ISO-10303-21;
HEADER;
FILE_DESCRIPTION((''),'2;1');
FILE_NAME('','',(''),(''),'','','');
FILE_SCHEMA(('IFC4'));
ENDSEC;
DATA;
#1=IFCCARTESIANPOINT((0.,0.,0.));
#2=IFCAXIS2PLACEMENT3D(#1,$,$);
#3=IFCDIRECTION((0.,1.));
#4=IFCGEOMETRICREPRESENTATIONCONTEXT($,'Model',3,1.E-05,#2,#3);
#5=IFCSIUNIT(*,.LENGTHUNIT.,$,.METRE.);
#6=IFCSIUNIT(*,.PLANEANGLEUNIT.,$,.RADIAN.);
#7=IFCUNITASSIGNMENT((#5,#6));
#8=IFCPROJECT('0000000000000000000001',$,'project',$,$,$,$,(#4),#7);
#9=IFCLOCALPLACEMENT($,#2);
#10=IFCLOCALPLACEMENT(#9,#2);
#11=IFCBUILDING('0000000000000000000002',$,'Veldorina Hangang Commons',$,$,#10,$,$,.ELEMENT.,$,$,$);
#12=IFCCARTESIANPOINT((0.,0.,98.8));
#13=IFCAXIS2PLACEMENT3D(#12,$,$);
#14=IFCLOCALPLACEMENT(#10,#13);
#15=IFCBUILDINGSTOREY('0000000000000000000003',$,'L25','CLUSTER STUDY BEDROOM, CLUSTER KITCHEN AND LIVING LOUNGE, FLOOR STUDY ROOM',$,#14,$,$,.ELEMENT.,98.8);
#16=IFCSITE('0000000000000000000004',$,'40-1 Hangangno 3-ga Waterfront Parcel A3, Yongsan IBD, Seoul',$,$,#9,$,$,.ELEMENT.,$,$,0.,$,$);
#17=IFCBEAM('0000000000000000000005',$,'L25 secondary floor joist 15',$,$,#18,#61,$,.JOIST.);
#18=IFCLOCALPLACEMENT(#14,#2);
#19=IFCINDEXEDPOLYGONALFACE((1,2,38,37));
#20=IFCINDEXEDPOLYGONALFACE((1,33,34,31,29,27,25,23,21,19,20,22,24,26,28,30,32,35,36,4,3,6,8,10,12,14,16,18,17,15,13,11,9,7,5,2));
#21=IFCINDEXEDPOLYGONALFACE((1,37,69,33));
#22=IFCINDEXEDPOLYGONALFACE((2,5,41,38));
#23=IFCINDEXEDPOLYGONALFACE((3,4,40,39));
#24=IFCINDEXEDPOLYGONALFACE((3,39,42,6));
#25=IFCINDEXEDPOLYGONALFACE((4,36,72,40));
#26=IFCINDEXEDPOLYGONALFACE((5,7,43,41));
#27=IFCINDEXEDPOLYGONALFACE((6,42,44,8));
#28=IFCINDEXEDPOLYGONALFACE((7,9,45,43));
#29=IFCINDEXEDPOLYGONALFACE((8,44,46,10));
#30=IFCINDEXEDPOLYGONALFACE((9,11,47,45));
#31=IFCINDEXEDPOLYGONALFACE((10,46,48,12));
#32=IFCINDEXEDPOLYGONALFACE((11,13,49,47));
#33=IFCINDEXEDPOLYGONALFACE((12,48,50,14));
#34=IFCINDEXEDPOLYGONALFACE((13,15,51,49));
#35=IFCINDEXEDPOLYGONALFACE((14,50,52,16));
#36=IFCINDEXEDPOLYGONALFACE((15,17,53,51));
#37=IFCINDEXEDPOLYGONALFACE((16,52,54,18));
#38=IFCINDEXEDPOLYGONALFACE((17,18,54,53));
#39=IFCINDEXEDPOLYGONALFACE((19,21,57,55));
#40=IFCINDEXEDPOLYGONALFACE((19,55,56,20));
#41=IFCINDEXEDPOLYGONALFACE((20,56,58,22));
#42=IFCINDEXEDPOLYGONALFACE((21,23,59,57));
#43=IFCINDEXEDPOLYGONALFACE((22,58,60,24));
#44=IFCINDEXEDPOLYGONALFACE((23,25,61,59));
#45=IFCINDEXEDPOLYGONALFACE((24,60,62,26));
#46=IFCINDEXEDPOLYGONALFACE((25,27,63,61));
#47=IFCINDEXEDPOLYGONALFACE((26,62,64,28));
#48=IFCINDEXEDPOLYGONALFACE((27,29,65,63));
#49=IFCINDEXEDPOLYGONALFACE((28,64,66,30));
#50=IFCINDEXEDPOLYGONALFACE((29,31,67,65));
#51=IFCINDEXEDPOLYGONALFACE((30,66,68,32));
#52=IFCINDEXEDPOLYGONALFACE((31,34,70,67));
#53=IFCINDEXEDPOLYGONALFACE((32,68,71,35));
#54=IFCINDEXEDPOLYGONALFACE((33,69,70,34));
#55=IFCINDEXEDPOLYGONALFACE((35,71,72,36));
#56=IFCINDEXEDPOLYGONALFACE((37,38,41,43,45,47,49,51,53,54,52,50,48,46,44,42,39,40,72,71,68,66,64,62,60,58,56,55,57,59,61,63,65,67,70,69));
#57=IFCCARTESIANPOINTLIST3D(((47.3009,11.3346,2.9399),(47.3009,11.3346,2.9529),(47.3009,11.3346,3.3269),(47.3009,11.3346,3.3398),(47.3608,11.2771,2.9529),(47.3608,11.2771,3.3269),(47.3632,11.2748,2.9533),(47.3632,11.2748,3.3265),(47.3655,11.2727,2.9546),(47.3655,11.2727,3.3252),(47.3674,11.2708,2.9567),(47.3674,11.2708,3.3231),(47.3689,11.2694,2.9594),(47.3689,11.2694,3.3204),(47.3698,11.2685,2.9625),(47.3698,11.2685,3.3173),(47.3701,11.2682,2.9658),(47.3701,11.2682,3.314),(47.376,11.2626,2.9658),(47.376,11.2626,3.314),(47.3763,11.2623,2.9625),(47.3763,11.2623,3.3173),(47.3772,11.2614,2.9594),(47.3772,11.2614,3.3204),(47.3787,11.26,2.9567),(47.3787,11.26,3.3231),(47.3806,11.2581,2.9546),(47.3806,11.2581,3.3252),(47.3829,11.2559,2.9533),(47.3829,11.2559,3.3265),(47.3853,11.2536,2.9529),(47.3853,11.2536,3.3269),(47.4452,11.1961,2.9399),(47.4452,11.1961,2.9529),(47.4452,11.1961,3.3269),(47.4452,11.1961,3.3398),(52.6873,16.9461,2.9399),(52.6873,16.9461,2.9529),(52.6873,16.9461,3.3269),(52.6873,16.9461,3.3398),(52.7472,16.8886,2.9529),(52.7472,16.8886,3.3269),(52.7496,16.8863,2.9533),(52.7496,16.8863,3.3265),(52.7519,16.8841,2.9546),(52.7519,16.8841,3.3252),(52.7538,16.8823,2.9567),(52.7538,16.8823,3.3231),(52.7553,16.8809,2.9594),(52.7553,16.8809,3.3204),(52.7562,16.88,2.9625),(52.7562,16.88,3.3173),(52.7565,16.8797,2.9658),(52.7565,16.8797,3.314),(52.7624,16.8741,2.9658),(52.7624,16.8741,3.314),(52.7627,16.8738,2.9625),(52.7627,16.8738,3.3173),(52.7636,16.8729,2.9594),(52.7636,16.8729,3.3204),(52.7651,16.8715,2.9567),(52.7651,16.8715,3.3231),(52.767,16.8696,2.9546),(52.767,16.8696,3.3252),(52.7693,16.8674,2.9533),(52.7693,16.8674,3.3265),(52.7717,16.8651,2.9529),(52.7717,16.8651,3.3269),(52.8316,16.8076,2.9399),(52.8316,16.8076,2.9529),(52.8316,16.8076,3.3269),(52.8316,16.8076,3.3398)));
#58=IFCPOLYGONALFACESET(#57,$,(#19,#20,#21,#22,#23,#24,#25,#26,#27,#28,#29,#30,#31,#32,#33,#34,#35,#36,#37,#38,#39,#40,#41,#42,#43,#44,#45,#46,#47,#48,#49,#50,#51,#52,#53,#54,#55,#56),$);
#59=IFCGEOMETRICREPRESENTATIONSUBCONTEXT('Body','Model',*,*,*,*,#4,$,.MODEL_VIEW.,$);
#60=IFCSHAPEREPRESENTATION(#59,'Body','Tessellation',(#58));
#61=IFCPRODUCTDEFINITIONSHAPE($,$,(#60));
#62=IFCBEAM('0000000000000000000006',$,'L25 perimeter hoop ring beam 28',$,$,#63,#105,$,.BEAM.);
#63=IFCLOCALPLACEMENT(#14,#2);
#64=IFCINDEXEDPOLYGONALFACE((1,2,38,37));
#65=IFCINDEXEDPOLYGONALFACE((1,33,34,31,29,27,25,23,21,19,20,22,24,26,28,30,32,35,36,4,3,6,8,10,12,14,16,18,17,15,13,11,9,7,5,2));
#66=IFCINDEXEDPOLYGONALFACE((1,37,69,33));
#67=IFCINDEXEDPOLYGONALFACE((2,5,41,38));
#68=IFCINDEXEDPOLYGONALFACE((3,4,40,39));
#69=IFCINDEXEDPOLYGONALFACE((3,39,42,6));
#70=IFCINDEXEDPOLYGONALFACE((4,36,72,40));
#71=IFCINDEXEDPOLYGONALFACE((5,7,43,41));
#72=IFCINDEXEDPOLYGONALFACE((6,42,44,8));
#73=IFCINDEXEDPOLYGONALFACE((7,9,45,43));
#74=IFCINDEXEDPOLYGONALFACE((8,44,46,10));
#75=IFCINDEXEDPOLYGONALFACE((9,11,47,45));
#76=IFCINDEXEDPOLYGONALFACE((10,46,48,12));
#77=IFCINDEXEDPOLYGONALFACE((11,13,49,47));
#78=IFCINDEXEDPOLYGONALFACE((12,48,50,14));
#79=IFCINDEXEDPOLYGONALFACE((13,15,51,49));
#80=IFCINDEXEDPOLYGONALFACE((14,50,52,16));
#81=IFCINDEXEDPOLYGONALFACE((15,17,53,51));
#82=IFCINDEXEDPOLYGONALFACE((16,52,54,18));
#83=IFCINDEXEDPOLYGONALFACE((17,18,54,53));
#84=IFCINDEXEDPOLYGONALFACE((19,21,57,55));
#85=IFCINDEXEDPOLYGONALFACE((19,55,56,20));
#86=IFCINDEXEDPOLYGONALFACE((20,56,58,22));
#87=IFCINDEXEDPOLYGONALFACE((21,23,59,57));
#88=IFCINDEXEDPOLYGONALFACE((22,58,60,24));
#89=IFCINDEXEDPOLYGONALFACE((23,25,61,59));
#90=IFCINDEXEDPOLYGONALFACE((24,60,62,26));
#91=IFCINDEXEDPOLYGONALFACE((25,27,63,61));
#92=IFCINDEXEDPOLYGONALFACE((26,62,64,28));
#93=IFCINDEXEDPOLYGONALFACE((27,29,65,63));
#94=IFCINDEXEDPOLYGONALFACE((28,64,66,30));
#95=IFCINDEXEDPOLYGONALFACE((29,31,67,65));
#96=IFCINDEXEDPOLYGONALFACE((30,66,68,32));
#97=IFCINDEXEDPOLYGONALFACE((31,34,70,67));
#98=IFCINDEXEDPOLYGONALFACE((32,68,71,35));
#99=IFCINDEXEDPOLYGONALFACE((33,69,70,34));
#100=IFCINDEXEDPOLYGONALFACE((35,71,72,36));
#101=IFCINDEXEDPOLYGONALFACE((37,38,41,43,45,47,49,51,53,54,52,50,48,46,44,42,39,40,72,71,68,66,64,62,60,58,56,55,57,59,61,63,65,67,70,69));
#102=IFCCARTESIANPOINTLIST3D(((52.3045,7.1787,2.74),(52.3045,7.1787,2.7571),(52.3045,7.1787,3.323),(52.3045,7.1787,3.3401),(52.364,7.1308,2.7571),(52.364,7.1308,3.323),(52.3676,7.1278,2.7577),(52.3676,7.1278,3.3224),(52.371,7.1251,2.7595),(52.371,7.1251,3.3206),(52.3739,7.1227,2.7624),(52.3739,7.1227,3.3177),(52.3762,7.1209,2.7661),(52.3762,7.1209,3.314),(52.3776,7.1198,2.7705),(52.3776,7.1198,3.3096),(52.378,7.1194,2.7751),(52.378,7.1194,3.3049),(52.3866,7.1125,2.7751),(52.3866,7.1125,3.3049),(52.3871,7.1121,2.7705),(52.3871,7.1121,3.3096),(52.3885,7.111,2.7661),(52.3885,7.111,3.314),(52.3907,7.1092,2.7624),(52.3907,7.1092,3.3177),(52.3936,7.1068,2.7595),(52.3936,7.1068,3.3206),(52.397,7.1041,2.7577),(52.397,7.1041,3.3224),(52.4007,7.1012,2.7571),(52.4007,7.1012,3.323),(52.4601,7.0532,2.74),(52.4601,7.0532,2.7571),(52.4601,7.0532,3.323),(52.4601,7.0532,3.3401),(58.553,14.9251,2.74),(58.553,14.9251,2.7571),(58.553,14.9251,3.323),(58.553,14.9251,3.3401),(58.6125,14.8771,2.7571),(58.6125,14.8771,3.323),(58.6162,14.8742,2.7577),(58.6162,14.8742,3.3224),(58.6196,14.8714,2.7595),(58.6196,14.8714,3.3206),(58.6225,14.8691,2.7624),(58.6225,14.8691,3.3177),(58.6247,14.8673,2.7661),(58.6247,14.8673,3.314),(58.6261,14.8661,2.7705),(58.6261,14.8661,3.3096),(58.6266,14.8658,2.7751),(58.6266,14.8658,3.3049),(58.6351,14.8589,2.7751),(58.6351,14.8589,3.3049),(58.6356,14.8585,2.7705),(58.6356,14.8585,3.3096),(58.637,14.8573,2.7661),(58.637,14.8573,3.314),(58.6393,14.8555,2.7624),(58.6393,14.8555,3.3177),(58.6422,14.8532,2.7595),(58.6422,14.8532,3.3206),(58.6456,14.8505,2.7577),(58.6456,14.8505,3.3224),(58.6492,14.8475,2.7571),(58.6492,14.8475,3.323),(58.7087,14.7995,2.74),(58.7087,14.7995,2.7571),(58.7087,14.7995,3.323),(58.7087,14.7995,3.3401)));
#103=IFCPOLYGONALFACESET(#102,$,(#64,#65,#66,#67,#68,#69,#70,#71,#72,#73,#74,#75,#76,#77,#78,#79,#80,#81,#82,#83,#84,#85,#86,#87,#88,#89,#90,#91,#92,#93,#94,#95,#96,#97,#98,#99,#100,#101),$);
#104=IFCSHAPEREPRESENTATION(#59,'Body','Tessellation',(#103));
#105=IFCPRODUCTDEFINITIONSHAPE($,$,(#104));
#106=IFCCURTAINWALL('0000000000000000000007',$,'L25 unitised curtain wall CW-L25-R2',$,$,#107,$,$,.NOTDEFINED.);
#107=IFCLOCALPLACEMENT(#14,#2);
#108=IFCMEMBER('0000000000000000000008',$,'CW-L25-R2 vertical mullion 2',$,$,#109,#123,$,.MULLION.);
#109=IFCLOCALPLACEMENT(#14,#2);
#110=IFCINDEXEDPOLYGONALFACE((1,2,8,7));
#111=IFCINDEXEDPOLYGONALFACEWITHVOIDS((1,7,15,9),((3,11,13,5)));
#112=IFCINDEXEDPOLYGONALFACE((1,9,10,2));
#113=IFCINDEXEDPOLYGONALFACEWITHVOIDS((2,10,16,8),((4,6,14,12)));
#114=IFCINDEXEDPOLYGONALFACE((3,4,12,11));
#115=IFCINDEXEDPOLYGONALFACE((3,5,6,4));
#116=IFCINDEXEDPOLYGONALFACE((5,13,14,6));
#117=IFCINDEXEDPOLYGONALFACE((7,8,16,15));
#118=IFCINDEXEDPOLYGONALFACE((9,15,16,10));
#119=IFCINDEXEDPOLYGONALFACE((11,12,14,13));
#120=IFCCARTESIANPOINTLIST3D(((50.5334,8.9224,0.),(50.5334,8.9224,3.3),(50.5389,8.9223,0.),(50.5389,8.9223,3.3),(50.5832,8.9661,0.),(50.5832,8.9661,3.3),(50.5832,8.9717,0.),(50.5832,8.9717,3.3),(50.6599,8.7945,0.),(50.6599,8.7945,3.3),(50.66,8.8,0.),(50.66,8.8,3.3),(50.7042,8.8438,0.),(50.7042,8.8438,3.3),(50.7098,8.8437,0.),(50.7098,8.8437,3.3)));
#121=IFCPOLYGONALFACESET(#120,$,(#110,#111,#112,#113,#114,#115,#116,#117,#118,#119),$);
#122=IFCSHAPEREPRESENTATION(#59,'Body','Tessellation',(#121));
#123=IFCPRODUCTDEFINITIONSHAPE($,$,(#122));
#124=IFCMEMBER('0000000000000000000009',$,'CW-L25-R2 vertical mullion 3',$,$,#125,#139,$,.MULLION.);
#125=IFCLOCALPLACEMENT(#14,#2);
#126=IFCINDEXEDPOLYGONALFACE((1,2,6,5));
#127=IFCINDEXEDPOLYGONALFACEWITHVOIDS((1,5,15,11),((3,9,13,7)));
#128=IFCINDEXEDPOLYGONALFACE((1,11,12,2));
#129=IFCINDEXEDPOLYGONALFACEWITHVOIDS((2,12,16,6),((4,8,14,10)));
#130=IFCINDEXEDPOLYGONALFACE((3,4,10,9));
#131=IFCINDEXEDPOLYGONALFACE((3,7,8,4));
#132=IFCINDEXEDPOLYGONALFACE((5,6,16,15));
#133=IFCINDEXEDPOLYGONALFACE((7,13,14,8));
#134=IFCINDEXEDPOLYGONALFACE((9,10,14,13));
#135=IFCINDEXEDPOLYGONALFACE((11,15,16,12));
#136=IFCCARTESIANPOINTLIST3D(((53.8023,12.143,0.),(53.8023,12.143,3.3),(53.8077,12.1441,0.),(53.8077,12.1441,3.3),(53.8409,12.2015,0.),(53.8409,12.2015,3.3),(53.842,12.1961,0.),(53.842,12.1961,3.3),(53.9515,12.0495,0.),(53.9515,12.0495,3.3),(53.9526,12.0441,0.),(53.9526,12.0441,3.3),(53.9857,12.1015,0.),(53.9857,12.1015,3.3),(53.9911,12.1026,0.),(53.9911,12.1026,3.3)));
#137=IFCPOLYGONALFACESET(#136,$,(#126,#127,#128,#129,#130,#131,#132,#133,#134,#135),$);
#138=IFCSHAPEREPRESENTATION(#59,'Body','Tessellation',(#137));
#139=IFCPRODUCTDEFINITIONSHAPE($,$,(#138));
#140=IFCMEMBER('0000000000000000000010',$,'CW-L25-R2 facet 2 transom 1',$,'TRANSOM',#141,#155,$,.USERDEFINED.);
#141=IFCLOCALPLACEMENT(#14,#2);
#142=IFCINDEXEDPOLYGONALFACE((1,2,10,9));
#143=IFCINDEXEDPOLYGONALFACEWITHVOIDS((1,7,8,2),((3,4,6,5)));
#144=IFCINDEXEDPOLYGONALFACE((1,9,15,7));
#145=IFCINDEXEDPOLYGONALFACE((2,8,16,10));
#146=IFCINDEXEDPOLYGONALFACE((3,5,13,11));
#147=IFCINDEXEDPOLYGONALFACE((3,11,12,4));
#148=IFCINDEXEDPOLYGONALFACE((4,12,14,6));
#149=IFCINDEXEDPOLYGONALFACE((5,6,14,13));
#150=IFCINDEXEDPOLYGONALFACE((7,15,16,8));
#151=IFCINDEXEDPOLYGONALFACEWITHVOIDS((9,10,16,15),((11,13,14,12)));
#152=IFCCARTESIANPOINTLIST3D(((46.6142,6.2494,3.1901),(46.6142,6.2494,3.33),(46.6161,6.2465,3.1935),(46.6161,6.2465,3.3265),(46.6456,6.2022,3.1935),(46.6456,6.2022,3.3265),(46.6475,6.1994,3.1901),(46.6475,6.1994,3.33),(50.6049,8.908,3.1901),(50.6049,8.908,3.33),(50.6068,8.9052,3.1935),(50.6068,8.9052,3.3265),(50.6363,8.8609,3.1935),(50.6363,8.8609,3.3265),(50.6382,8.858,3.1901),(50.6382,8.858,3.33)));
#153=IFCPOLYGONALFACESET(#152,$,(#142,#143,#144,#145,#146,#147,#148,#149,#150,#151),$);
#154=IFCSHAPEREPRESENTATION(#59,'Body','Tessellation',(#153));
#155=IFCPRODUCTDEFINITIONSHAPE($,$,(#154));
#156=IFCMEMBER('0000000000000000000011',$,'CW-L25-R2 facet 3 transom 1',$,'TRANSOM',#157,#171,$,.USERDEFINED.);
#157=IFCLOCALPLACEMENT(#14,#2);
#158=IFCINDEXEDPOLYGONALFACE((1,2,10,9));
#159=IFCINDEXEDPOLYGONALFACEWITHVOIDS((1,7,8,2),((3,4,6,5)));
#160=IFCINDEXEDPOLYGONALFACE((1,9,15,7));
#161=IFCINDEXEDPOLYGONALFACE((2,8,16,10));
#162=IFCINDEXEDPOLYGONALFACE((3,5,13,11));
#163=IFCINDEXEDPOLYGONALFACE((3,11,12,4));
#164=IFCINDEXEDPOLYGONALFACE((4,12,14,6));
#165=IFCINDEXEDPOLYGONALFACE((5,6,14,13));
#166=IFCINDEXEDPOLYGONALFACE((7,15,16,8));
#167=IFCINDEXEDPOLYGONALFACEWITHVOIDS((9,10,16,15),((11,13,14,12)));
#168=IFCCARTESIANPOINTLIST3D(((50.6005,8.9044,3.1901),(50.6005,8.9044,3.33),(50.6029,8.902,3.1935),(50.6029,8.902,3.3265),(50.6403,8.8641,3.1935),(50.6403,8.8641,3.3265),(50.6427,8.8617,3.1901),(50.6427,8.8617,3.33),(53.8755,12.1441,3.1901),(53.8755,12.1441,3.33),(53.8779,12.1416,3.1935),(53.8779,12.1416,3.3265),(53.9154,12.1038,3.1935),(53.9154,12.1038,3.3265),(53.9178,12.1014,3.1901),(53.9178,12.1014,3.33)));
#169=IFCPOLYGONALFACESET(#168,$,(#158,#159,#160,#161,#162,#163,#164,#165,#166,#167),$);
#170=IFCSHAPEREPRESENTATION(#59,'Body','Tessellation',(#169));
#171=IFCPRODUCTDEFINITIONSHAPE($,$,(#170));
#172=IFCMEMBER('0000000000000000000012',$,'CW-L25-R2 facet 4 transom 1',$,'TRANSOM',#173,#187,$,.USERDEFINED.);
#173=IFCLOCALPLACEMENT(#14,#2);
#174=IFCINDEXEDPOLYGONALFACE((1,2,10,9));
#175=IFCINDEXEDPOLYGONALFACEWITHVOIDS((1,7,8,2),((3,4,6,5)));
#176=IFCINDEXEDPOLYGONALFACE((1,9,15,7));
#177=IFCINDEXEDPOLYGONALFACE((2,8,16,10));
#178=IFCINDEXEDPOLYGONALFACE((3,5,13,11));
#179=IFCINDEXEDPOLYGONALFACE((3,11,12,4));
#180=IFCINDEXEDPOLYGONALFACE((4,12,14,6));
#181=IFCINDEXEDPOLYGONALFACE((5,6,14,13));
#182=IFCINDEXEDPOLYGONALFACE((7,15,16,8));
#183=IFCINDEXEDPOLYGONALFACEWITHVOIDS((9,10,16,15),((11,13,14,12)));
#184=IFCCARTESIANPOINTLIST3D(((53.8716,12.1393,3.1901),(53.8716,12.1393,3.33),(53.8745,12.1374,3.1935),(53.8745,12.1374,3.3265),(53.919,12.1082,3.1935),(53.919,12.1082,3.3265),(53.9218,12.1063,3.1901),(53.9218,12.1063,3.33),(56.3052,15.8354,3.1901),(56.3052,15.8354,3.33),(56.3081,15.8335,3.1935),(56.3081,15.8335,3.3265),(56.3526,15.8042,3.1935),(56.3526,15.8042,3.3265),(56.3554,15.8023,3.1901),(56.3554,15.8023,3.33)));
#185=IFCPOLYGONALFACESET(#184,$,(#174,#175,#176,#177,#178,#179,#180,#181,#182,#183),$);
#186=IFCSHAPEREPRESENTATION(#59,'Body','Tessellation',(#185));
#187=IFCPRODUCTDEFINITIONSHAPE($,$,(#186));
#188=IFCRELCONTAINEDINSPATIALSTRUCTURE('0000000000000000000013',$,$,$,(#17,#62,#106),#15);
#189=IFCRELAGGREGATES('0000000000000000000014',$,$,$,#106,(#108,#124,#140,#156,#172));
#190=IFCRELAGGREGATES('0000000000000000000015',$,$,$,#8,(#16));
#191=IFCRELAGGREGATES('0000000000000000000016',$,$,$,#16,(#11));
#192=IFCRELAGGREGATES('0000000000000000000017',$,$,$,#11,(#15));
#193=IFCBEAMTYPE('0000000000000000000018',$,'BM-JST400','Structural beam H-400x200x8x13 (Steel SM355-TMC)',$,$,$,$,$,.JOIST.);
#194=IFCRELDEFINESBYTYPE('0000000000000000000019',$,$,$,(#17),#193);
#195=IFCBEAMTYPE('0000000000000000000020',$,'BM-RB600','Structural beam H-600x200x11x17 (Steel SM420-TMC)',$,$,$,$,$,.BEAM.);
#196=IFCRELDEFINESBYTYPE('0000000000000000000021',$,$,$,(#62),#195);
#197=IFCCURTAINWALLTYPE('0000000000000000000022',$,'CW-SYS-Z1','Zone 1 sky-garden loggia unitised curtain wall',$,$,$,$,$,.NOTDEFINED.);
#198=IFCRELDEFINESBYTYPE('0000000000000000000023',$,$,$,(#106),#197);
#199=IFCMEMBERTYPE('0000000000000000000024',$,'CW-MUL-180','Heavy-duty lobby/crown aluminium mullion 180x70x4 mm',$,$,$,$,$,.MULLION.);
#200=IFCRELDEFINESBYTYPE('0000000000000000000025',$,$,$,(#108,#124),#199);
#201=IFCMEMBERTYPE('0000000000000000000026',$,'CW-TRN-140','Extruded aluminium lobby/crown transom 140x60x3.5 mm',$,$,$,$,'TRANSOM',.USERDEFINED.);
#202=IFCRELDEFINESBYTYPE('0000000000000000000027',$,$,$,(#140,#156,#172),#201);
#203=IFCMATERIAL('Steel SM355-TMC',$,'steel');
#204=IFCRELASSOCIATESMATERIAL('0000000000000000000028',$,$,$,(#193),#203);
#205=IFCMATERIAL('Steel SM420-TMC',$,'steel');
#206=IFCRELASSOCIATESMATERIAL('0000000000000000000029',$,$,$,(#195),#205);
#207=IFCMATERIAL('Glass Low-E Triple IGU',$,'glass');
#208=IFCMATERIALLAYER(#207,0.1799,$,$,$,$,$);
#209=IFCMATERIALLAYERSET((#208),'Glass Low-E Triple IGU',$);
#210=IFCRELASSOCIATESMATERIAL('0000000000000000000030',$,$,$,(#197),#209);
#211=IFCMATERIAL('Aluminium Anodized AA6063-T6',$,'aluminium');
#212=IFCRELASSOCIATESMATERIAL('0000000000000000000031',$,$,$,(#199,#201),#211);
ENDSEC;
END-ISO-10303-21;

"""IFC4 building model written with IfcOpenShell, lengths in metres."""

from ifc_helpers import new_model, si_unit, direction, frame, origin, origin_2d, place, context, subcontext, project, spatial, hollow_rectangle, i_section, extrude, material, layer, layer_set, material_profile, profile_set, type_object, element, aggregate, save


model = new_model("IFC4")

# Units and contexts
model_context = context("Model", 3, precision=1e-05, world=origin(), true_north=direction((0.0, 1.0)))
body_context = subcontext(model_context, "Body", "Model", "MODEL_VIEW")
ifc_project = project(units=[si_unit("LENGTHUNIT", "METRE"), si_unit("PLANEANGLEUNIT", "RADIAN")], contexts=[model_context])

# Site, building, storey
site_placement = place(None, origin())
site = spatial("IfcSite", under=ifc_project, at=site_placement, Name="40-1 Hangangno 3-ga Waterfront Parcel A3, Yongsan IBD, Seoul", CompositionType="ELEMENT", RefElevation=0.0)
building_placement = place(site_placement, origin())
building = spatial("IfcBuilding", under=site, at=building_placement, Name="Veldorina Hangang Commons", CompositionType="ELEMENT")
storey_placement = place(building_placement, frame((0.0, 0.0, 98.8)))
storey = spatial("IfcBuildingStorey", under=building, at=storey_placement, Name="L25", Description="CLUSTER STUDY BEDROOM, CLUSTER KITCHEN AND LIVING LOUNGE, FLOOR STUDY ROOM", CompositionType="ELEMENT", Elevation=98.8)

# Beams
ifc_material_1 = material(Name="Steel SM355-TMC", Category="steel")
ifc_material_profile_1 = material_profile(ifc_material_1, i_section(OverallWidth=0.2, OverallDepth=0.3999, WebThickness=0.0081, FlangeThickness=0.0129, FilletRadius=0.0129, at=origin_2d()), Name="H-400x200x8x13")
ifc_profile_set_1 = profile_set([ifc_material_profile_1], Name="Steel SM355-TMC")
beam_type_1 = type_object("IfcBeamType", Name="BM-JST400", Description="Structural beam H-400x200x8x13 (Steel SM355-TMC)", PredefinedType="JOIST", material=ifc_profile_set_1)
beam_1_placement = place(storey_placement, frame((47.373, 11.2654, 3.1399), z_axis=(0.692489, 0.721428, 0.0), x_axis=(-0.721428, 0.692489, 0.0)))
element("IfcBeam", 1, at=beam_1_placement, inside=storey, type_object=beam_type_1, Name="L25 secondary floor joist 15", PredefinedType="JOIST", context=body_context, shape_type="SweptSolid", body=[
    extrude(i_section(OverallWidth=0.2, OverallDepth=0.3999, WebThickness=0.0081, FlangeThickness=0.0129, FilletRadius=0.0129, at=origin_2d()), origin(), (0.0, 0.0, 1.0), 7.7783),
])
ifc_material_2 = material(Name="Steel SM420-TMC", Category="steel")
ifc_material_profile_2 = material_profile(ifc_material_2, i_section(OverallWidth=0.2, OverallDepth=0.6001, WebThickness=0.011, FlangeThickness=0.0171, FilletRadius=0.0181, at=origin_2d()), Name="H-600x200x11x17")
ifc_profile_set_2 = profile_set([ifc_material_profile_2], Name="Steel SM420-TMC")
beam_type_2 = type_object("IfcBeamType", Name="BM-RB600", Description="Structural beam H-600x200x11x17 (Steel SM420-TMC)", PredefinedType="BEAM", material=ifc_profile_set_2)
beam_2_placement = place(storey_placement, frame((52.3823, 7.116, 3.04), z_axis=(0.627843, 0.77834, 0.0), x_axis=(-0.77834, 0.627843, 0.0)))
element("IfcBeam", 2, at=beam_2_placement, inside=storey, type_object=beam_type_2, Name="L25 perimeter hoop ring beam 28", PredefinedType="BEAM", context=body_context, shape_type="SweptSolid", body=[
    extrude(i_section(OverallWidth=0.2, OverallDepth=0.6001, WebThickness=0.011, FlangeThickness=0.0171, FilletRadius=0.0181, at=origin_2d()), origin(), (0.0, 0.0, 1.0), 9.9524),
])

# Curtain wall, members
ifc_material_3 = material(Name="Glass Low-E Triple IGU", Category="glass")
ifc_layer_1 = layer(ifc_material_3, 0.1799)
ifc_layer_set_1 = layer_set([ifc_layer_1], Name="Glass Low-E Triple IGU")
curtain_wall_type = type_object("IfcCurtainWallType", Name="CW-SYS-Z1", Description="Zone 1 sky-garden loggia unitised curtain wall", PredefinedType="NOTDEFINED", material=ifc_layer_set_1)
curtain_wall_placement = place(storey_placement, origin())
curtain_wall = element("IfcCurtainWall", 3, at=curtain_wall_placement, inside=storey, type_object=curtain_wall_type, Name="L25 unitised curtain wall CW-L25-R2", PredefinedType="NOTDEFINED")
ifc_material_4 = material(Name="Aluminium Anodized AA6063-T6", Category="aluminium")
ifc_material_profile_3 = material_profile(ifc_material_4, hollow_rectangle(XDim=0.0701, YDim=0.1799, WallThickness=0.0039, at=origin_2d()), Name="ALU-RHS-180x70x4")
ifc_profile_set_3 = profile_set([ifc_material_profile_3], Name="Aluminium Anodized AA6063-T6")
member_type_1 = type_object("IfcMemberType", Name="CW-MUL-180", Description="Heavy-duty lobby/crown aluminium mullion 180x70x4 mm", PredefinedType="MULLION", material=ifc_profile_set_3)
member_1_placement = place(storey_placement, frame((50.6216, 8.8831, 0.0), z_axis=(0.0, 0.0, 1.0), x_axis=(0.710947, 0.703246, 0.0)))
member_1 = element("IfcMember", 4, at=member_1_placement, type_object=member_type_1, Name="CW-L25-R2 vertical mullion 2", PredefinedType="MULLION", context=body_context, shape_type="SweptSolid", body=[
    extrude(hollow_rectangle(XDim=0.0701, YDim=0.1799, WallThickness=0.0039, at=origin_2d()), origin(), (0.0, 0.0, 1.0), 3.3),
])
member_2_placement = place(storey_placement, frame((53.8967, 12.1228, 0.0), z_axis=(0.0, 0.0, 1.0), x_axis=(0.549927, 0.835213, 0.0)))
member_2 = element("IfcMember", 5, at=member_2_placement, type_object=member_type_1, Name="CW-L25-R2 vertical mullion 3", PredefinedType="MULLION", context=body_context, shape_type="SweptSolid", body=[
    extrude(hollow_rectangle(XDim=0.0701, YDim=0.1799, WallThickness=0.0039, at=origin_2d()), origin(), (0.0, 0.0, 1.0), 3.3),
])
ifc_material_profile_4 = material_profile(ifc_material_4, hollow_rectangle(XDim=0.0601, YDim=0.1399, WallThickness=0.0034, at=origin_2d()), Name="ALU-RHS-140x60x3.5")
ifc_profile_set_4 = profile_set([ifc_material_profile_4], Name="Aluminium Anodized AA6063-T6")
member_type_2 = type_object("IfcMemberType", Name="CW-TRN-140", Description="Extruded aluminium lobby/crown transom 140x60x3.5 mm", ElementType="TRANSOM", PredefinedType="USERDEFINED", material=ifc_profile_set_4)
member_3_placement = place(storey_placement, frame((46.6309, 6.2244, 3.26), z_axis=(0.832223, 0.554442, 0.0), x_axis=(-0.554442, 0.832223, 0.0)))
member_3 = element("IfcMember", 6, at=member_3_placement, type_object=member_type_2, Name="CW-L25-R2 facet 2 transom 1", ObjectType="TRANSOM", PredefinedType="USERDEFINED", context=body_context, shape_type="SweptSolid", body=[
    extrude(hollow_rectangle(XDim=0.0601, YDim=0.1399, WallThickness=0.0034, at=origin_2d()), origin(), (0.0, 0.0, 1.0), 4.7952),
])
member_4_placement = place(storey_placement, frame((50.6216, 8.8831, 3.26), z_axis=(0.710939, 0.703254, 0.0), x_axis=(-0.703254, 0.710939, 0.0)))
member_4 = element("IfcMember", 7, at=member_4_placement, type_object=member_type_2, Name="CW-L25-R2 facet 3 transom 1", ObjectType="TRANSOM", PredefinedType="USERDEFINED", context=body_context, shape_type="SweptSolid", body=[
    extrude(hollow_rectangle(XDim=0.0601, YDim=0.1399, WallThickness=0.0034, at=origin_2d()), origin(), (0.0, 0.0, 1.0), 4.6067),
])
member_5_placement = place(storey_placement, frame((53.8967, 12.1228, 3.26), z_axis=(0.54993, 0.835211, 0.0), x_axis=(-0.835211, 0.54993, 0.0)))
member_5 = element("IfcMember", 8, at=member_5_placement, type_object=member_type_2, Name="CW-L25-R2 facet 4 transom 1", ObjectType="TRANSOM", PredefinedType="USERDEFINED", context=body_context, shape_type="SweptSolid", body=[
    extrude(hollow_rectangle(XDim=0.0601, YDim=0.1399, WallThickness=0.0034, at=origin_2d()), origin(), (0.0, 0.0, 1.0), 4.4253),
])

aggregate(curtain_wall, [member_1, member_2, member_3, member_4, member_5])

save(model, "model.ifc")
